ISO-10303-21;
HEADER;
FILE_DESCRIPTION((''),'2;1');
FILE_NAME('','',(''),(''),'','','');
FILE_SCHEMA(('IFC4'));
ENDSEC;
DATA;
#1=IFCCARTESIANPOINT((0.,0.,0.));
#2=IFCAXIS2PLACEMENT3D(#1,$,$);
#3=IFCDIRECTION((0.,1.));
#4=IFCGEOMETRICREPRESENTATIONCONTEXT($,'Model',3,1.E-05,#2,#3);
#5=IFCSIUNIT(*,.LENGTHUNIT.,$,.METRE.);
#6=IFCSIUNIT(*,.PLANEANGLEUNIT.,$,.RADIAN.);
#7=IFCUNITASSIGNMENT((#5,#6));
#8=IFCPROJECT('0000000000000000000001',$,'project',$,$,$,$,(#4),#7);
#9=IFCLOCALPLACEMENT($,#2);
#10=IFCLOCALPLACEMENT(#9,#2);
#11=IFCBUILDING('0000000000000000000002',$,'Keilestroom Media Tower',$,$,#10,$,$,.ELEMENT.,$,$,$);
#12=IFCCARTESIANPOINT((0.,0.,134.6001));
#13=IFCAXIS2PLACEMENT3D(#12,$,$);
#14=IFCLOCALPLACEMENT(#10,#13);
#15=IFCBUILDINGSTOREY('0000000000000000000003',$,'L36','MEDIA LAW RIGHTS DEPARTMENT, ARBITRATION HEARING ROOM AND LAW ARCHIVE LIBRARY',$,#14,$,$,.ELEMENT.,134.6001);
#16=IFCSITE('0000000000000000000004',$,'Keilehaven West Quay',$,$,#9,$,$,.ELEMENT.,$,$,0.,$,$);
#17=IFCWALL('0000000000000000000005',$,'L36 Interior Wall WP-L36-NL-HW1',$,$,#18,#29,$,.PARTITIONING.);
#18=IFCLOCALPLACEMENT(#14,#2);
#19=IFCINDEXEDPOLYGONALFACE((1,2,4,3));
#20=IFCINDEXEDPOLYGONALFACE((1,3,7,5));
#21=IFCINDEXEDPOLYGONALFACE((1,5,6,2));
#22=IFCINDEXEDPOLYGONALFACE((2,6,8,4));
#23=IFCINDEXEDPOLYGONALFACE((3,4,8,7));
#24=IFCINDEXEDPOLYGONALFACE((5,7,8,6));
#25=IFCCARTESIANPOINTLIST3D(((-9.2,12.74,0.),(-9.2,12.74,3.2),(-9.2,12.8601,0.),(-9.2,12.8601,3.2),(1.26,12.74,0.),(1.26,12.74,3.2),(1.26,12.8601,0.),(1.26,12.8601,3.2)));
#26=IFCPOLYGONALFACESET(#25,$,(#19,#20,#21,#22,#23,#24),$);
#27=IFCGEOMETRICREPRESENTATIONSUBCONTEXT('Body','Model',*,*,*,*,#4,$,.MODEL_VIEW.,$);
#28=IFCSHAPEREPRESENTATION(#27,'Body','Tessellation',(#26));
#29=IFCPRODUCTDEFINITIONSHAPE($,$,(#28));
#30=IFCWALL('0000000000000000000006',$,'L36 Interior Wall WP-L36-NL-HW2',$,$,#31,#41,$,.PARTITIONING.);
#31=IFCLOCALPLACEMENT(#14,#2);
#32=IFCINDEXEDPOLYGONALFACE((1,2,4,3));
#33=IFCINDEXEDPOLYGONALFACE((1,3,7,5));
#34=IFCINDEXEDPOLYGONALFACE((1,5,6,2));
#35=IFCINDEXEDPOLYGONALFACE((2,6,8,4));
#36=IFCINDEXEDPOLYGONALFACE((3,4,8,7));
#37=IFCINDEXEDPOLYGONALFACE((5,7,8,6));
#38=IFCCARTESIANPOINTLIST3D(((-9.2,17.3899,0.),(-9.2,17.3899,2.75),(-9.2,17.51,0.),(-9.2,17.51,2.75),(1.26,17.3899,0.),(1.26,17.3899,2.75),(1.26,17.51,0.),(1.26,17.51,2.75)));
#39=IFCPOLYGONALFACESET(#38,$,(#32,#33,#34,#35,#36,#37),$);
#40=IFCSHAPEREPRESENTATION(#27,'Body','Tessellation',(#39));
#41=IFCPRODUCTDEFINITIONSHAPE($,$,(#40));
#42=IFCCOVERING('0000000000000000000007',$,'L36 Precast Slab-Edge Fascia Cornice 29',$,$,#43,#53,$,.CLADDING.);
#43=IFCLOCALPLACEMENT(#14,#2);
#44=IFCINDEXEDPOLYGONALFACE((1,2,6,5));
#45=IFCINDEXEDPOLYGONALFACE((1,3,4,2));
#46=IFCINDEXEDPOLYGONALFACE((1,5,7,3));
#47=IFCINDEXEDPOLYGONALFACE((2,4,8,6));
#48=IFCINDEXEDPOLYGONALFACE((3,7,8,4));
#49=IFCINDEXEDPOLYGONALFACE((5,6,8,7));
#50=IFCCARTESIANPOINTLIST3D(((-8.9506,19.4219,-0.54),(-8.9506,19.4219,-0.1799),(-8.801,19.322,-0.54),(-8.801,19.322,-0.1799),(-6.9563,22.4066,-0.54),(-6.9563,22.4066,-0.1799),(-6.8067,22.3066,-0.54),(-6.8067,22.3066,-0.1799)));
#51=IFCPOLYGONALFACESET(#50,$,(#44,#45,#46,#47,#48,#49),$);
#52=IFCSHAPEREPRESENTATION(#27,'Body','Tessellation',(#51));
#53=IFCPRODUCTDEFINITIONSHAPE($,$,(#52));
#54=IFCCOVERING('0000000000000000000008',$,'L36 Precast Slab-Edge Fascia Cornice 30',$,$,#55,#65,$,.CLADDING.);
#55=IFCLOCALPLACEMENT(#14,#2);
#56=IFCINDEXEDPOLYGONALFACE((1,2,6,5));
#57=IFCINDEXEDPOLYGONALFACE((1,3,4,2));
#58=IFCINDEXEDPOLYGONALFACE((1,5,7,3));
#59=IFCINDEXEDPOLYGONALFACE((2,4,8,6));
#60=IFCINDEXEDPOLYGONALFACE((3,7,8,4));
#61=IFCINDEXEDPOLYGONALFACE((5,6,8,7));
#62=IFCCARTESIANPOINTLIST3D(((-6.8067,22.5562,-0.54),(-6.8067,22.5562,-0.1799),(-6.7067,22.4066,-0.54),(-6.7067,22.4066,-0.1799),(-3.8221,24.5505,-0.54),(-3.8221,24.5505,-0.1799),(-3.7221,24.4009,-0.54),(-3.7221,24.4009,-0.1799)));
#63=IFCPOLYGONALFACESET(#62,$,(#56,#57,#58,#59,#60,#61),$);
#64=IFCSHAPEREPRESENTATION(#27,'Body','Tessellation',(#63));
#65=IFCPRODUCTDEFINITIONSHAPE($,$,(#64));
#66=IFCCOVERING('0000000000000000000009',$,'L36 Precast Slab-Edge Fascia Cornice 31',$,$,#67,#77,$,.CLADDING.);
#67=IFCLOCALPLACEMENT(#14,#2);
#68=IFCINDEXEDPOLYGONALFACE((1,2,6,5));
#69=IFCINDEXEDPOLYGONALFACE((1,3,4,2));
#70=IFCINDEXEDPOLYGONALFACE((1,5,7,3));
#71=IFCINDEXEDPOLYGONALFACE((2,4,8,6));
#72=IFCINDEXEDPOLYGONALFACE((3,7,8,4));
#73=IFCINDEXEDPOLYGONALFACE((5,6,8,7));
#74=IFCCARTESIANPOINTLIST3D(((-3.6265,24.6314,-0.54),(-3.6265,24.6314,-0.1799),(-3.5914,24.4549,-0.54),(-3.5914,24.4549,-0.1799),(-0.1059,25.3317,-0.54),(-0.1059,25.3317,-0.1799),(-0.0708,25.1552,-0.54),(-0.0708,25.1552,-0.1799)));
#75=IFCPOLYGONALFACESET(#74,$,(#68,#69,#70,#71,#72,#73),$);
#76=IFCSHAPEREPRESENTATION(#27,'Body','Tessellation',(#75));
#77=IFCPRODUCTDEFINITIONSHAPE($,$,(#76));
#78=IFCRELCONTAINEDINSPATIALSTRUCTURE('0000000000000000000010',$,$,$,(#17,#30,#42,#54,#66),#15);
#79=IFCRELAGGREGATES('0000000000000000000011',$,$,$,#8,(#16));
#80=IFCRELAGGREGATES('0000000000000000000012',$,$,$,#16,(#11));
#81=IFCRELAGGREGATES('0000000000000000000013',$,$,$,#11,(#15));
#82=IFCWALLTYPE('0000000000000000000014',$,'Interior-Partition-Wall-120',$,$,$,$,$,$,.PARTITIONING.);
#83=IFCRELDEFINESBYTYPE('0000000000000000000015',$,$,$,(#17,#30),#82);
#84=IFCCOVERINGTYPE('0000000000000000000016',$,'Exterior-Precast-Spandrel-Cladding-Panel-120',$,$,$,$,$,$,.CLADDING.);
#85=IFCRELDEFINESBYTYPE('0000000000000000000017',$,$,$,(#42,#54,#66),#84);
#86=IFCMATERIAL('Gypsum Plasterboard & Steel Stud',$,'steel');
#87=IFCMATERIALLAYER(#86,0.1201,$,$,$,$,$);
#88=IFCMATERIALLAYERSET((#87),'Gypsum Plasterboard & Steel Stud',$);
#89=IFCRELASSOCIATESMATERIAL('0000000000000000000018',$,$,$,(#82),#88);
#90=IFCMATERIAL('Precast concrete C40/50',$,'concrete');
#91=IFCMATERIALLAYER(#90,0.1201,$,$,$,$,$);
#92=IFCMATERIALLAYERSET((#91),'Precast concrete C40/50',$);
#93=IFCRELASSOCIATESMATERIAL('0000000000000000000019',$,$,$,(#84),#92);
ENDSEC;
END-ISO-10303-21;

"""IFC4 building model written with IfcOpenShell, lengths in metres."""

from ifc_helpers import new_model, si_unit, direction, frame, frame_2d, origin, origin_2d, place, context, subcontext, project, spatial, rectangle, extrude, source, transform, mapped, material, layer, layer_set, type_object, element, save


model = new_model("IFC4")

# Units and contexts
model_context = context("Model", 3, precision=1e-05, world=origin(), true_north=direction((0.0, 1.0)))
body_context = subcontext(model_context, "Body", "Model", "MODEL_VIEW")
ifc_project = project(units=[si_unit("LENGTHUNIT", "METRE"), si_unit("PLANEANGLEUNIT", "RADIAN")], contexts=[model_context])

# Site, building, storey
site_placement = place(None, origin())
site = spatial("IfcSite", under=ifc_project, at=site_placement, Name="Keilehaven West Quay", CompositionType="ELEMENT", RefElevation=0.0)
building_placement = place(site_placement, origin())
building = spatial("IfcBuilding", under=site, at=building_placement, Name="Keilestroom Media Tower", CompositionType="ELEMENT")
storey_placement = place(building_placement, frame((0.0, 0.0, 134.6001)))
storey = spatial("IfcBuildingStorey", under=building, at=storey_placement, Name="L36", Description="MEDIA LAW RIGHTS DEPARTMENT, ARBITRATION HEARING ROOM AND LAW ARCHIVE LIBRARY", CompositionType="ELEMENT", Elevation=134.6001)

# Shared definitions
ifc_material_1 = material(Name="Precast concrete C40/50", Category="concrete")

# Shared definitions
ifc_material_2 = material(Name="Gypsum Plasterboard & Steel Stud", Category="steel")
ifc_layer_1 = layer(ifc_material_2, 0.1201)
ifc_layer_set_1 = layer_set([ifc_layer_1], Name="Gypsum Plasterboard & Steel Stud")
wall_type_1 = type_object("IfcWallType", Name="Interior-Partition-Wall-120", PredefinedType="PARTITIONING", material=ifc_layer_set_1)

# Walls
wall_1_placement = place(storey_placement, frame((-9.2, 12.8, 0.0), z_axis=(0.0, 0.0, 1.0), x_axis=(1.0, 0.0, 0.0)))
element("IfcWall", 1, at=wall_1_placement, inside=storey, type_object=wall_type_1, Name="L36 Interior Wall WP-L36-NL-HW1", PredefinedType="PARTITIONING", context=body_context, shape_type="SweptSolid", body=[
    extrude(rectangle(XDim=10.46, YDim=0.1201, at=frame_2d((5.23, 0.0))), origin(), (0.0, 0.0, 1.0), 3.2),
])
wall_2_placement = place(storey_placement, frame((-9.2, 17.45, 0.0), z_axis=(0.0, 0.0, 1.0), x_axis=(1.0, 0.0, 0.0)))
element("IfcWall", 2, at=wall_2_placement, inside=storey, type_object=wall_type_1, Name="L36 Interior Wall WP-L36-NL-HW2", PredefinedType="PARTITIONING", context=body_context, shape_type="SweptSolid", body=[
    extrude(rectangle(XDim=10.46, YDim=0.1201, at=frame_2d((5.23, 0.0))), origin(), (0.0, 0.0, 1.0), 2.75),
])

# Coverings
ifc_layer_2 = layer(ifc_material_1, 0.1201)
ifc_layer_set_2 = layer_set([ifc_layer_2], Name="Precast concrete C40/50")
covering_type = type_object("IfcCoveringType", Name="Exterior-Precast-Spandrel-Cladding-Panel-120", PredefinedType="CLADDING", material=ifc_layer_set_2)
shared_shape_1 = source(origin(), body_context, "Body", "SweptSolid", [
    extrude(rectangle(XDim=3.5896, YDim=0.1799, at=origin_2d()), origin(), (0.0, 0.0, 1.0), 0.3601),
])
for number, where, z_axis, x_axis, name in (
    (3, (-7.8787, 20.8643, -0.54), (0.0, 0.0, 1.0), (0.555575, 0.831467, 0.0), "L36 Precast Slab-Edge Fascia Cornice 29"),
    (4, (-5.2644, 23.4785, -0.54), (0.0, 0.0, 1.0), (0.831467, 0.555575, 0.0), "L36 Precast Slab-Edge Fascia Cornice 30"),
    (5, (-1.8486, 24.8933, -0.54), (0.0, 0.0, 1.0), (0.980784, 0.195099, 0.0), "L36 Precast Slab-Edge Fascia Cornice 31"),
):
    element("IfcCovering", number, at=place(storey_placement, frame(where, z_axis=z_axis, x_axis=x_axis)), inside=storey, type_object=covering_type, Name=name, PredefinedType="CLADDING", context=body_context, shape_type="MappedRepresentation", body=[
        mapped(shared_shape_1, transform((0.0, 0.0, 0.0), x_axis=(1.0, 0.0, 0.0), y_axis=(0.0, 1.0, 0.0), z_axis=(0.0, 0.0, 1.0), scale=1.0)),
    ])

save(model, "model.ifc")
